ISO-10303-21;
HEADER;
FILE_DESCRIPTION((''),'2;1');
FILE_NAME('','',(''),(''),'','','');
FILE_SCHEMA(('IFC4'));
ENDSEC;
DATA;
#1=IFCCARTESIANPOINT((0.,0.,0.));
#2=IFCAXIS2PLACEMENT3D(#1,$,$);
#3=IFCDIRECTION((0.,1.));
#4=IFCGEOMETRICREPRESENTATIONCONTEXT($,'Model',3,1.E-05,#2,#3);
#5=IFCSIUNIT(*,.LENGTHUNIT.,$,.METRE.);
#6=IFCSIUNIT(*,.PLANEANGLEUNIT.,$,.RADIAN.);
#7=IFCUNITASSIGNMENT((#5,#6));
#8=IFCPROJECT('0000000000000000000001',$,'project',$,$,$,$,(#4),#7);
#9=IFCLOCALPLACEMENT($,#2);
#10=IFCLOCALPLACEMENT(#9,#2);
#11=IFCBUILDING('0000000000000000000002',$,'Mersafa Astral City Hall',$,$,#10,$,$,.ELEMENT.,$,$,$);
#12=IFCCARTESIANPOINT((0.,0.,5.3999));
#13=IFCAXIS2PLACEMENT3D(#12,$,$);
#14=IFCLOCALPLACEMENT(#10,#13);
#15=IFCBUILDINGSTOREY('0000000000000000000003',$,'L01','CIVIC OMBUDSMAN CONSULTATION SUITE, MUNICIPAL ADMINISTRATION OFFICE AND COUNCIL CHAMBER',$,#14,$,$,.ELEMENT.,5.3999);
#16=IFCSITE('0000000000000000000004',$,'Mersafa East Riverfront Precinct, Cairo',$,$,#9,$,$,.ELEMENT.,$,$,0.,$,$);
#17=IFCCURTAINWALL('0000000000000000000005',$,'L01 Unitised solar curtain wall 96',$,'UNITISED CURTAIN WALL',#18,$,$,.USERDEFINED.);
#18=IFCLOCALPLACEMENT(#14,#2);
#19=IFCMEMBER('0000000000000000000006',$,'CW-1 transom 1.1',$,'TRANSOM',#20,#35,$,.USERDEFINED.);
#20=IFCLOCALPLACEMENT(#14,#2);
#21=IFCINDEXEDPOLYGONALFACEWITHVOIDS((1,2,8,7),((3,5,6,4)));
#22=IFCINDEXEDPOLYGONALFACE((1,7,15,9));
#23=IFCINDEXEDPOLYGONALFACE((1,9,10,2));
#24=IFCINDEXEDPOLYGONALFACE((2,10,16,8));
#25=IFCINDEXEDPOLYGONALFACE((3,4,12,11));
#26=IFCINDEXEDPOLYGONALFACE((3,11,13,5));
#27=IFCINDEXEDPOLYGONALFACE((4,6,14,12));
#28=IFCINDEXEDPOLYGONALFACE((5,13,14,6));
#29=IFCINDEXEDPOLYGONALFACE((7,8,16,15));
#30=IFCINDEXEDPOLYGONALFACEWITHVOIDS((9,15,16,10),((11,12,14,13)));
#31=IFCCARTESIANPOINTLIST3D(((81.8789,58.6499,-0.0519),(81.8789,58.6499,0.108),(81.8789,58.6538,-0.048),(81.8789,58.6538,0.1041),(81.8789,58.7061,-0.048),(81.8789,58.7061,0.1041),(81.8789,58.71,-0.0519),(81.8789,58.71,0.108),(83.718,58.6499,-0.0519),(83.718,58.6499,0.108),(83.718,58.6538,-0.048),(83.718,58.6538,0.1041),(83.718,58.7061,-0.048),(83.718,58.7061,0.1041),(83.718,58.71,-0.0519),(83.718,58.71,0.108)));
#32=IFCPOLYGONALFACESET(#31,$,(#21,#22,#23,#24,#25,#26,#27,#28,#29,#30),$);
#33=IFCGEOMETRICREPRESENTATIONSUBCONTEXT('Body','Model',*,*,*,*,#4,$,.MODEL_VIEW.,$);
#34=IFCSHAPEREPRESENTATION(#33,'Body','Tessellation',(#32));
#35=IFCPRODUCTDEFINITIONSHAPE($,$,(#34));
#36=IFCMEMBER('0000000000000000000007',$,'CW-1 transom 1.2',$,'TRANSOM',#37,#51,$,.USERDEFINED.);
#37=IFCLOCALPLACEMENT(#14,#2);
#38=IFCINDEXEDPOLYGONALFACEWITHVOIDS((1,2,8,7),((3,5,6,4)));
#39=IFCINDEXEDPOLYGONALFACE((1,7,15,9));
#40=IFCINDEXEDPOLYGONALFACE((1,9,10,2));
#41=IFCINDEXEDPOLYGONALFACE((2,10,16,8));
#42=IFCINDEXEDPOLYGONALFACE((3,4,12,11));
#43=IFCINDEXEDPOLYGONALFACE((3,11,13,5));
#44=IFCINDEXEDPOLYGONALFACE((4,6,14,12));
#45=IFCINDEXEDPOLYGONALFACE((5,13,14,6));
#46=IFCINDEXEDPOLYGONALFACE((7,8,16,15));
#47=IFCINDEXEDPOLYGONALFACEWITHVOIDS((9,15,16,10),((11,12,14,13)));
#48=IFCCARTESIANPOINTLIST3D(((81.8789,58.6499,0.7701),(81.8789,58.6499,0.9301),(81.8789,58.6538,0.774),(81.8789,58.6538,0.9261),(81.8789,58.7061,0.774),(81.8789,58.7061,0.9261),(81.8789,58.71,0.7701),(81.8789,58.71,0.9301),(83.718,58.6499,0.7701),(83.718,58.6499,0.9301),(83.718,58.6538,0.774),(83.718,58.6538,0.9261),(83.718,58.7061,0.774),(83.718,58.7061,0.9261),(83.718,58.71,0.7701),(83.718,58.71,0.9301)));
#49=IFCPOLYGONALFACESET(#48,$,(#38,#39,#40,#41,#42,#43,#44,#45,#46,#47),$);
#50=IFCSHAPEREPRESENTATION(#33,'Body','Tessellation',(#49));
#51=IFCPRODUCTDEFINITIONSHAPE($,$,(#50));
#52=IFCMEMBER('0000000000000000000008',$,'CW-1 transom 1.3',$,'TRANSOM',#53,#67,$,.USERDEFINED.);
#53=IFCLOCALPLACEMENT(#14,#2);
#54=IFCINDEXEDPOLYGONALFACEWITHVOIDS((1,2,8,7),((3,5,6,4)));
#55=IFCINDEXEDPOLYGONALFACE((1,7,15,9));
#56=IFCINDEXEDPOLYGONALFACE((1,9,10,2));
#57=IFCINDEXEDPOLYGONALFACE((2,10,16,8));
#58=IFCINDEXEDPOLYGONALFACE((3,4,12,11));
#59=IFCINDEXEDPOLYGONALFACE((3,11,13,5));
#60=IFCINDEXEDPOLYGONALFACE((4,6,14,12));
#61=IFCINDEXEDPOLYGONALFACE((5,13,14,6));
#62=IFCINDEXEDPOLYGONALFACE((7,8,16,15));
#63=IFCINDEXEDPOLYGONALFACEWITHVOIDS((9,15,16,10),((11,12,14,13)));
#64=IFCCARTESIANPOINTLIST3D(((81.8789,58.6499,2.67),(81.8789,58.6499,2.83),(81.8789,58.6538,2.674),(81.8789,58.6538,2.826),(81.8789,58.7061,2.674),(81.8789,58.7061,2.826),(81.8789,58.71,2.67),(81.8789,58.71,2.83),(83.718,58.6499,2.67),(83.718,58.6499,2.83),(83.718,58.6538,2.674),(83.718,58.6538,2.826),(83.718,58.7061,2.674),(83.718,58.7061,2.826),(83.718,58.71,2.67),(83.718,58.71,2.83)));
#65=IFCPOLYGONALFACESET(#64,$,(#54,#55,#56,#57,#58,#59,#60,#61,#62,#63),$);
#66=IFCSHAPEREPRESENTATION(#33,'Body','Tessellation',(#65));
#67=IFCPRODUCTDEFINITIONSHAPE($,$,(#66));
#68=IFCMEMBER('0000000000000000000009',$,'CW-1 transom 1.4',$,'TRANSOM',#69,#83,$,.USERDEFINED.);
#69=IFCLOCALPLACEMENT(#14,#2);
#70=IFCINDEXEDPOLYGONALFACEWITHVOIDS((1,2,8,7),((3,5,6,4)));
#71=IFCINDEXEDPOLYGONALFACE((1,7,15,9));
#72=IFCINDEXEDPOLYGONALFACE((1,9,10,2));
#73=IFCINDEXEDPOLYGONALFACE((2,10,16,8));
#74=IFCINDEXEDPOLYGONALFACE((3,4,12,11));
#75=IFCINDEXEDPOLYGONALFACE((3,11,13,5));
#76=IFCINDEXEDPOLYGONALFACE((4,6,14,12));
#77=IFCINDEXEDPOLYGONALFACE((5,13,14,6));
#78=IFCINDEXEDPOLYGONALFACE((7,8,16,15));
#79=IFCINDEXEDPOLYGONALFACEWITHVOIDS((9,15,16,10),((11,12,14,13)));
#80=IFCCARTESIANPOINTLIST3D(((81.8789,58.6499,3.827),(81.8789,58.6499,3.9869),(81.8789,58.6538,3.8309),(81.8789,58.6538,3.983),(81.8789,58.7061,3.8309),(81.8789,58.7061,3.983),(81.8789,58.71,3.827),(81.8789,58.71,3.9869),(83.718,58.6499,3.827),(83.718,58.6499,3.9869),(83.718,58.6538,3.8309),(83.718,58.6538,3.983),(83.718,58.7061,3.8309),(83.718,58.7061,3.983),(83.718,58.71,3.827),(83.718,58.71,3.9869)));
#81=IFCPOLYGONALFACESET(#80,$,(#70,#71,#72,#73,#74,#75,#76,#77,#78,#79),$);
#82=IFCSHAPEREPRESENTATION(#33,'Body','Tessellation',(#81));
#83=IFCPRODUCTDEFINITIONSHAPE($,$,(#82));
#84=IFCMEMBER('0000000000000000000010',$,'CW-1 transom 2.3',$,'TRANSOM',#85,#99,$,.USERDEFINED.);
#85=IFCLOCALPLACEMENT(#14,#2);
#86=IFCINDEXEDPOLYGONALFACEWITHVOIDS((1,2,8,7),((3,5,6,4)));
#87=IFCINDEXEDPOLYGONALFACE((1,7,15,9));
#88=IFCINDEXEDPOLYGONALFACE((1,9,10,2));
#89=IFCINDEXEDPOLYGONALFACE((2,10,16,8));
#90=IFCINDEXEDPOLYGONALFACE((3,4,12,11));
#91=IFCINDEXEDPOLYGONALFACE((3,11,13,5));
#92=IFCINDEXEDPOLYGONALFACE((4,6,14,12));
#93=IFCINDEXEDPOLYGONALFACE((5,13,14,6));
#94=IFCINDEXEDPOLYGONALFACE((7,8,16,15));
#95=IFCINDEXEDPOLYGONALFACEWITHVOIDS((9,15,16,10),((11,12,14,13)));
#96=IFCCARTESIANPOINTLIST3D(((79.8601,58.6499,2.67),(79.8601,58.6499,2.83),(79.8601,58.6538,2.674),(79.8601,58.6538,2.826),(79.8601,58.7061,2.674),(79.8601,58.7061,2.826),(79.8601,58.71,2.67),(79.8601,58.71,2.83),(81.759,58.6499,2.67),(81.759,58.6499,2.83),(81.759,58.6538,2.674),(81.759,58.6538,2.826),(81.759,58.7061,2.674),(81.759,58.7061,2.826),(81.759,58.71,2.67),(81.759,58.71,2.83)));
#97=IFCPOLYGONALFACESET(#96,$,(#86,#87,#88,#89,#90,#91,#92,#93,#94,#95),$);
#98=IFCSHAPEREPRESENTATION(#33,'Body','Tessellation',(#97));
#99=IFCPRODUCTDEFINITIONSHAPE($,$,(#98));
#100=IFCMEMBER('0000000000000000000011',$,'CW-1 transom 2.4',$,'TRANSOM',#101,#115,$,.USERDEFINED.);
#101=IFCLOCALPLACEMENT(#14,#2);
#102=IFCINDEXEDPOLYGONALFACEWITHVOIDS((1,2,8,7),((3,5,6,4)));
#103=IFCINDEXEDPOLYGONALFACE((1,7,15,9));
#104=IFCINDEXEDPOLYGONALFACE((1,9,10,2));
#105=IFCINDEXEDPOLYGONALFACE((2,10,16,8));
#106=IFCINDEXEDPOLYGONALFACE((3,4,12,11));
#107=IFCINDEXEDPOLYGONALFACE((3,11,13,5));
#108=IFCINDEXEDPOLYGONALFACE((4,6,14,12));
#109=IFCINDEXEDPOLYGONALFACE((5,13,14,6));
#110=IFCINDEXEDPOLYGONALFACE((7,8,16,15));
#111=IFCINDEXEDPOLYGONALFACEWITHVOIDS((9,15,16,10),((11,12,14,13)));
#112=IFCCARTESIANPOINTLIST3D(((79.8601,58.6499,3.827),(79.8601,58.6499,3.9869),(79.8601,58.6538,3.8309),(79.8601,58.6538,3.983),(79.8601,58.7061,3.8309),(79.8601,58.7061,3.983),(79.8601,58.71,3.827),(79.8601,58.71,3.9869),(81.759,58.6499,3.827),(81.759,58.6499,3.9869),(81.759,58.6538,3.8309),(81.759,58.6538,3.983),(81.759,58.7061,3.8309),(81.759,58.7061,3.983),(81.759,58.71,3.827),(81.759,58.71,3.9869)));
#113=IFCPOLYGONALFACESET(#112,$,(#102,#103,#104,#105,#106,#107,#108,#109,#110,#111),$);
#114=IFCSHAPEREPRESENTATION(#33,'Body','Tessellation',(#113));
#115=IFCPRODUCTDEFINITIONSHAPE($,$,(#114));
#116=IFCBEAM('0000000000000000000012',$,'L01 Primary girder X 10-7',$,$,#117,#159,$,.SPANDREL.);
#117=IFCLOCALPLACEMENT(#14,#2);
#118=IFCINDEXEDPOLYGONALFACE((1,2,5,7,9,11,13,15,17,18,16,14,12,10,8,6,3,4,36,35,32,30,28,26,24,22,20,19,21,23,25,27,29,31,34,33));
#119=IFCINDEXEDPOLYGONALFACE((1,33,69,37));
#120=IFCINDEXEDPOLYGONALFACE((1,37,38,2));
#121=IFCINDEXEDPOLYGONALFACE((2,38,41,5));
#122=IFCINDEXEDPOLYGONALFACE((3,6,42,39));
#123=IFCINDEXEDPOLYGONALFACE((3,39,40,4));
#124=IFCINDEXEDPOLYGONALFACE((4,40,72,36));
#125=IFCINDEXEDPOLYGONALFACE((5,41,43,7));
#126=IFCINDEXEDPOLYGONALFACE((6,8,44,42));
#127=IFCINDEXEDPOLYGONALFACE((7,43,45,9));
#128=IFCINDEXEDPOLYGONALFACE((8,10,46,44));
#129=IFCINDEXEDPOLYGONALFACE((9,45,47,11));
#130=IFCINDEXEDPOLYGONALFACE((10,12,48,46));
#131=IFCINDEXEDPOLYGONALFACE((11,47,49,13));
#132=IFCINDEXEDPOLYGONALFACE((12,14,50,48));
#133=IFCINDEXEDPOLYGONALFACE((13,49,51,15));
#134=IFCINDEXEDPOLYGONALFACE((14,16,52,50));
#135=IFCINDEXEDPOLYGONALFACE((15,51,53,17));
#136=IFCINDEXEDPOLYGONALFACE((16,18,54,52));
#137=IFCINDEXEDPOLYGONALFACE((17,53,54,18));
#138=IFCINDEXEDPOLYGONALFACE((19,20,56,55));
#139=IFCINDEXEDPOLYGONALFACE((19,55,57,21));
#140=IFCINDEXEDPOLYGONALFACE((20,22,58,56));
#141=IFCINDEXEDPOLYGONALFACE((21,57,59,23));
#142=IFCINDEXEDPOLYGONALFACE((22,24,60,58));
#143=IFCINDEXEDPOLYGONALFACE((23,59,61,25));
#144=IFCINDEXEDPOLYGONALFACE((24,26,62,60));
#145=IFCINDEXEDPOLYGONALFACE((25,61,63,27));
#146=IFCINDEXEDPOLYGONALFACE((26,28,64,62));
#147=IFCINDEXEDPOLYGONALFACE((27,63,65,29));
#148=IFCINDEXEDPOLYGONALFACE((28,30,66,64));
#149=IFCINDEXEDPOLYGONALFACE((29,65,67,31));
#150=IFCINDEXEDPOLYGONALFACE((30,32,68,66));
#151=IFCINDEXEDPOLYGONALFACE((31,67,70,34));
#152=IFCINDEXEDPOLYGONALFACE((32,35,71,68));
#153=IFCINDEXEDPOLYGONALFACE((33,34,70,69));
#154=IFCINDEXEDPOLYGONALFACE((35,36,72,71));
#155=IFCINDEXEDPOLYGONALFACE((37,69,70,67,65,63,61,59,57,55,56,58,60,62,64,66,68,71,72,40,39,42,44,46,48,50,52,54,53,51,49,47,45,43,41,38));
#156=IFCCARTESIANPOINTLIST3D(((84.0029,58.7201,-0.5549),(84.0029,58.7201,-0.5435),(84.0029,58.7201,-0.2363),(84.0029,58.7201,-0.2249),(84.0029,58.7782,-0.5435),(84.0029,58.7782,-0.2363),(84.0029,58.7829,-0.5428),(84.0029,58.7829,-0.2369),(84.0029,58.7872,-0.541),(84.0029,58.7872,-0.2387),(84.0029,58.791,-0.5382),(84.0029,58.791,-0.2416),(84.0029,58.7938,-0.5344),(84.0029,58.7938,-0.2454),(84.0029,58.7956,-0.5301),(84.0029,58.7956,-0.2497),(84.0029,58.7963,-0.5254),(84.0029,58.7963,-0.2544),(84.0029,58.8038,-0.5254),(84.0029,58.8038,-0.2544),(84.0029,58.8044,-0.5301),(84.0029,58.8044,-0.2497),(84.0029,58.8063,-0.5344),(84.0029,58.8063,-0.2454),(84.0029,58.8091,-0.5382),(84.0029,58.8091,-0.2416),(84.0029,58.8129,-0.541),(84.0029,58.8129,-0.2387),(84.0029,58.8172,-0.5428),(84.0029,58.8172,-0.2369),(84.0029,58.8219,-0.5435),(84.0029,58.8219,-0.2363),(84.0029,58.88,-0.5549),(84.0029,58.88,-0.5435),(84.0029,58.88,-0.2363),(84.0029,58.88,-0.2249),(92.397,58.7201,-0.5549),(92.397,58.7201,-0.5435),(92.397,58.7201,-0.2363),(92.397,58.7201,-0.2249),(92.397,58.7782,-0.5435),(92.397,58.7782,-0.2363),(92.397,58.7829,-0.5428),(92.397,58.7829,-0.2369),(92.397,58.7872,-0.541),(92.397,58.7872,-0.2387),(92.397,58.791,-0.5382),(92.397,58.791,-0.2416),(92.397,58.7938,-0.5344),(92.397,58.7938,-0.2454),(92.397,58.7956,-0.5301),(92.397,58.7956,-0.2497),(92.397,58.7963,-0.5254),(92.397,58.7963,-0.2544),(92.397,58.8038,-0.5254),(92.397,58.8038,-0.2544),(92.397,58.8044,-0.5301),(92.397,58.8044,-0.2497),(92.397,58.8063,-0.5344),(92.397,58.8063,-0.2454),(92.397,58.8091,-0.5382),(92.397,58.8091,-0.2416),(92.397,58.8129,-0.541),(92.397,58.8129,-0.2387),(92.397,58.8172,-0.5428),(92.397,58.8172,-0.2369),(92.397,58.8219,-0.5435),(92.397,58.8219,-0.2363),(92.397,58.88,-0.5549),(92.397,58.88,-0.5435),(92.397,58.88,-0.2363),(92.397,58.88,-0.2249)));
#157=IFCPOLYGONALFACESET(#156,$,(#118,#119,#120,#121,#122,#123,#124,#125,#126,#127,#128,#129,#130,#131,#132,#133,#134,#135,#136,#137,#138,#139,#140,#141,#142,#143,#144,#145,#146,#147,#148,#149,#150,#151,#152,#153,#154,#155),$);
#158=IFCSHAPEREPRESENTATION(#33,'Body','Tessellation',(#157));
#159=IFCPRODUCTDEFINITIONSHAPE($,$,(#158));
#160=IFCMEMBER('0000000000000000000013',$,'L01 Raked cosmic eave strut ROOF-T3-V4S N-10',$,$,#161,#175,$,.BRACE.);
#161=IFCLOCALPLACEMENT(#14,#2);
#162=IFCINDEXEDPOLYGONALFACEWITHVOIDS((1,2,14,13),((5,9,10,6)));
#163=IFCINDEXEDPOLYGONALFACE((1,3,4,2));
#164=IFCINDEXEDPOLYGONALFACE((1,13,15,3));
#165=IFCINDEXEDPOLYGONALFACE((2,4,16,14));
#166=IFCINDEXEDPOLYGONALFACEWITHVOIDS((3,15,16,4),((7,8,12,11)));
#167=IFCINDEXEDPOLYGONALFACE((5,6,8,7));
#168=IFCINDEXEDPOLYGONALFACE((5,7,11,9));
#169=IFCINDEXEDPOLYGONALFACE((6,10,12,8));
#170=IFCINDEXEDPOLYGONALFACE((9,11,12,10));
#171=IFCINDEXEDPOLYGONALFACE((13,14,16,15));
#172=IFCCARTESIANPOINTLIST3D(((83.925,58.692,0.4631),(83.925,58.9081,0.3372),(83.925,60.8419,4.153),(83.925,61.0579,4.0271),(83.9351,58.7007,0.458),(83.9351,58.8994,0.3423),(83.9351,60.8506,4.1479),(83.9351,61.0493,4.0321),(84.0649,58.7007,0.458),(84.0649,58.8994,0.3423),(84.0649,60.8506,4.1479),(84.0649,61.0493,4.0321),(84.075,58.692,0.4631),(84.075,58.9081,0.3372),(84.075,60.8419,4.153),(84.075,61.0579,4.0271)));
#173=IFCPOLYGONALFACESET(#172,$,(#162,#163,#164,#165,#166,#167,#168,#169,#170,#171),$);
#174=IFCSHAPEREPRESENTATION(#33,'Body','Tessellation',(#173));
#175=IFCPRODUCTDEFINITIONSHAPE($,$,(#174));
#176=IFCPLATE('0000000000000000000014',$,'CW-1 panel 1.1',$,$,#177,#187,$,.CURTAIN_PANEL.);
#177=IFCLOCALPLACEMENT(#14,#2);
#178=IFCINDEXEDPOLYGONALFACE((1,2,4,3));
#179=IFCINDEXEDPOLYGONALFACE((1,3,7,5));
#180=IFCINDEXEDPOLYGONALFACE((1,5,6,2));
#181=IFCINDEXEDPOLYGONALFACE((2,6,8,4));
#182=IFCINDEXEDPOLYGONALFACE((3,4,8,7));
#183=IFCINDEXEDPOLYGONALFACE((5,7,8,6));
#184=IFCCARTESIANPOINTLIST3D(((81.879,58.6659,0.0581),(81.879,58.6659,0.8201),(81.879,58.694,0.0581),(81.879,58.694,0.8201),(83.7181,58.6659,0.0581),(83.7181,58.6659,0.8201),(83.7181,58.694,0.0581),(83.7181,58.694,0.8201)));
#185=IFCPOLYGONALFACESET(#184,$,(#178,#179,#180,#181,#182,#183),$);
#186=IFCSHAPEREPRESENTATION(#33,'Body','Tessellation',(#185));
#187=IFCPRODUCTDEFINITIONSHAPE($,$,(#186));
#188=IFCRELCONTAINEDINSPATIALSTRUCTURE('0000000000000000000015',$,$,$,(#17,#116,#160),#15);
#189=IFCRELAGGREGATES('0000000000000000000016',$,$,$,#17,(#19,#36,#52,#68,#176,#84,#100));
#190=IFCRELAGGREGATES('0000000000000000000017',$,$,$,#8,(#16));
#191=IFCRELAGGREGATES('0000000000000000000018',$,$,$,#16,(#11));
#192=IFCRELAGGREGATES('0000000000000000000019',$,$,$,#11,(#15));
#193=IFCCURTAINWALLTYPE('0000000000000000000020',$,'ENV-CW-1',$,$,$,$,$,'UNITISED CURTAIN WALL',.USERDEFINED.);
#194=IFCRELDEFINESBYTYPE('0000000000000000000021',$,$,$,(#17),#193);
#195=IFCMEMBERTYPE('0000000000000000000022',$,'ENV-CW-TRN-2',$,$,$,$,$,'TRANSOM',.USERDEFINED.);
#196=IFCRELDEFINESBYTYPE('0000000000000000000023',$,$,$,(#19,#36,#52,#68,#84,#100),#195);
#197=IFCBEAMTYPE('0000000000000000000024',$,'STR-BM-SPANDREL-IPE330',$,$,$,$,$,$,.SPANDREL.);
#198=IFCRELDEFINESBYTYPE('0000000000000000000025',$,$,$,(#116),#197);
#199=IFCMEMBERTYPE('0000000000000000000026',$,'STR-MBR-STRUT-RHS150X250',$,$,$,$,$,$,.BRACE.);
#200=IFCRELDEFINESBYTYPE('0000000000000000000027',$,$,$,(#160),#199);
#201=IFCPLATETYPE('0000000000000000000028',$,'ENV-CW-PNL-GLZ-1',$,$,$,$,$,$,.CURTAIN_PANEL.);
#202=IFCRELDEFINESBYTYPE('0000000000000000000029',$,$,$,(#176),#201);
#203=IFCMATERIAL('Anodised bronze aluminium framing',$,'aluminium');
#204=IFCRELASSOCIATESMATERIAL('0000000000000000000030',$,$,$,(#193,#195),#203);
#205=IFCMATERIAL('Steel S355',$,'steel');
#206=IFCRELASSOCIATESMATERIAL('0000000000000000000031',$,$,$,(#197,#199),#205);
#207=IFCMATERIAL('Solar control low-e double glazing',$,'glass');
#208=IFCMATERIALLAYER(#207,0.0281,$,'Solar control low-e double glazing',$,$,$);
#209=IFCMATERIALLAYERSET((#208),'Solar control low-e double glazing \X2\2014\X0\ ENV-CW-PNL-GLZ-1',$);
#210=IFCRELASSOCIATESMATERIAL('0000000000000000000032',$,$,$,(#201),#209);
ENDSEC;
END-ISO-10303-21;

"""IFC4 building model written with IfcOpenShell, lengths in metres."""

from ifc_helpers import new_model, si_unit, direction, frame, origin, origin_2d, place, context, subcontext, project, spatial, rectangle, hollow_rectangle, i_section, extrude, material, layer, layer_set, material_profile, profile_set, type_object, element, aggregate, save


model = new_model("IFC4")

# Units and contexts
model_context = context("Model", 3, precision=1e-05, world=origin(), true_north=direction((0.0, 1.0)))
body_context = subcontext(model_context, "Body", "Model", "MODEL_VIEW")
ifc_project = project(units=[si_unit("LENGTHUNIT", "METRE"), si_unit("PLANEANGLEUNIT", "RADIAN")], contexts=[model_context])

# Site, building, storey
site_placement = place(None, origin())
site = spatial("IfcSite", under=ifc_project, at=site_placement, Name="Mersafa East Riverfront Precinct, Cairo", CompositionType="ELEMENT", RefElevation=0.0)
building_placement = place(site_placement, origin())
building = spatial("IfcBuilding", under=site, at=building_placement, Name="Mersafa Astral City Hall", CompositionType="ELEMENT")
storey_placement = place(building_placement, frame((0.0, 0.0, 5.3999)))
storey = spatial("IfcBuildingStorey", under=building, at=storey_placement, Name="L01", Description="CIVIC OMBUDSMAN CONSULTATION SUITE, MUNICIPAL ADMINISTRATION OFFICE AND COUNCIL CHAMBER", CompositionType="ELEMENT", Elevation=5.3999)

# Shared definitions
ifc_material_1 = material(Name="Steel S355", Category="steel")

# Curtain wall
ifc_material_2 = material(Name="Anodised bronze aluminium framing", Category="aluminium")
curtain_wall_type_1 = type_object("IfcCurtainWallType", Name="ENV-CW-1", ElementType="UNITISED CURTAIN WALL", PredefinedType="USERDEFINED", material=ifc_material_2)
curtain_wall_1_placement = place(storey_placement, origin())
curtain_wall_1 = element("IfcCurtainWall", 1, at=curtain_wall_1_placement, inside=storey, type_object=curtain_wall_type_1, Name="L01 Unitised solar curtain wall 96", ObjectType="UNITISED CURTAIN WALL", PredefinedType="USERDEFINED")

# Members
ifc_material_profile_1 = material_profile(ifc_material_2, hollow_rectangle(XDim=0.0601, YDim=0.1599, WallThickness=0.0039, at=origin_2d()), Name="RHS 60x160x4")
ifc_profile_set_1 = profile_set([ifc_material_profile_1], Name="Anodised bronze aluminium framing")
member_type_1 = type_object("IfcMemberType", Name="ENV-CW-TRN-2", ElementType="TRANSOM", PredefinedType="USERDEFINED", material=ifc_profile_set_1)
member_1_placement = place(storey_placement, frame((83.718, 58.6799, 0.0281), z_axis=(-1.0, 0.0, 0.0), x_axis=(0.0, -1.0, 0.0)))
member_1 = element("IfcMember", 2, at=member_1_placement, type_object=member_type_1, Name="CW-1 transom 1.1", ObjectType="TRANSOM", PredefinedType="USERDEFINED", context=body_context, shape_type="SweptSolid", body=[
    extrude(hollow_rectangle(XDim=0.0601, YDim=0.1599, WallThickness=0.0039, at=origin_2d()), origin(), (0.0, 0.0, 1.0), 1.8391),
])
member_2_placement = place(storey_placement, frame((83.718, 58.6799, 0.8501), z_axis=(-1.0, 0.0, 0.0), x_axis=(0.0, -1.0, 0.0)))
member_2 = element("IfcMember", 3, at=member_2_placement, type_object=member_type_1, Name="CW-1 transom 1.2", ObjectType="TRANSOM", PredefinedType="USERDEFINED", context=body_context, shape_type="SweptSolid", body=[
    extrude(hollow_rectangle(XDim=0.0601, YDim=0.1599, WallThickness=0.0039, at=origin_2d()), origin(), (0.0, 0.0, 1.0), 1.8391),
])
member_3_placement = place(storey_placement, frame((83.718, 58.6799, 2.75), z_axis=(-1.0, 0.0, 0.0), x_axis=(0.0, -1.0, 0.0)))
member_3 = element("IfcMember", 4, at=member_3_placement, type_object=member_type_1, Name="CW-1 transom 1.3", ObjectType="TRANSOM", PredefinedType="USERDEFINED", context=body_context, shape_type="SweptSolid", body=[
    extrude(hollow_rectangle(XDim=0.0601, YDim=0.1599, WallThickness=0.0039, at=origin_2d()), origin(), (0.0, 0.0, 1.0), 1.8391),
])
member_4_placement = place(storey_placement, frame((83.718, 58.6799, 3.907), z_axis=(-1.0, 0.0, 0.0), x_axis=(0.0, -1.0, 0.0)))
member_4 = element("IfcMember", 5, at=member_4_placement, type_object=member_type_1, Name="CW-1 transom 1.4", ObjectType="TRANSOM", PredefinedType="USERDEFINED", context=body_context, shape_type="SweptSolid", body=[
    extrude(hollow_rectangle(XDim=0.0601, YDim=0.1599, WallThickness=0.0039, at=origin_2d()), origin(), (0.0, 0.0, 1.0), 1.8391),
])
member_5_placement = place(storey_placement, frame((81.759, 58.6799, 2.75), z_axis=(-1.0, 0.0, 0.0), x_axis=(0.0, -1.0, 0.0)))
member_5 = element("IfcMember", 6, at=member_5_placement, type_object=member_type_1, Name="CW-1 transom 2.3", ObjectType="TRANSOM", PredefinedType="USERDEFINED", context=body_context, shape_type="SweptSolid", body=[
    extrude(hollow_rectangle(XDim=0.0601, YDim=0.1599, WallThickness=0.0039, at=origin_2d()), origin(), (0.0, 0.0, 1.0), 1.8989),
])
member_6_placement = place(storey_placement, frame((81.759, 58.6799, 3.907), z_axis=(-1.0, 0.0, 0.0), x_axis=(0.0, -1.0, 0.0)))
member_6 = element("IfcMember", 7, at=member_6_placement, type_object=member_type_1, Name="CW-1 transom 2.4", ObjectType="TRANSOM", PredefinedType="USERDEFINED", context=body_context, shape_type="SweptSolid", body=[
    extrude(hollow_rectangle(XDim=0.0601, YDim=0.1599, WallThickness=0.0039, at=origin_2d()), origin(), (0.0, 0.0, 1.0), 1.8989),
])

# Beam
ifc_material_profile_2 = material_profile(ifc_material_1, i_section(OverallWidth=0.1599, OverallDepth=0.3301, WebThickness=0.0076, FlangeThickness=0.0115, FilletRadius=0.0181, at=origin_2d()), Name="IPE 330")
ifc_profile_set_2 = profile_set([ifc_material_profile_2], Name="Steel S355")
beam_type = type_object("IfcBeamType", Name="STR-BM-SPANDREL-IPE330", PredefinedType="SPANDREL", material=ifc_profile_set_2)
beam_placement = place(storey_placement, frame((84.0029, 58.8, -0.3899), z_axis=(1.0, 0.0, 0.0), x_axis=(0.0, 1.0, 0.0)))
element("IfcBeam", 8, at=beam_placement, inside=storey, type_object=beam_type, Name="L01 Primary girder X 10-7", PredefinedType="SPANDREL", context=body_context, shape_type="SweptSolid", body=[
    extrude(i_section(OverallWidth=0.1599, OverallDepth=0.3301, WebThickness=0.0076, FlangeThickness=0.0115, FilletRadius=0.0181, at=origin_2d()), origin(), (0.0, 0.0, 1.0), 8.394),
])

# Member
ifc_material_profile_3 = material_profile(ifc_material_1, hollow_rectangle(XDim=0.1499, YDim=0.25, WallThickness=0.01, at=origin_2d()), Name="RHS 150x250x10")
ifc_profile_set_3 = profile_set([ifc_material_profile_3], Name="Steel S355")
member_type_2 = type_object("IfcMemberType", Name="STR-MBR-STRUT-RHS150X250", PredefinedType="BRACE", material=ifc_profile_set_3)
member_7_placement = place(storey_placement, frame((84.0, 58.8, 0.4001), z_axis=(0.0, 0.503423, 0.86404), x_axis=(-1.0, 0.0, 0.0)))
element("IfcMember", 9, at=member_7_placement, inside=storey, type_object=member_type_2, Name="L01 Raked cosmic eave strut ROOF-T3-V4S N-10", PredefinedType="BRACE", context=body_context, shape_type="SweptSolid", body=[
    extrude(hollow_rectangle(XDim=0.1499, YDim=0.25, WallThickness=0.01, at=origin_2d()), origin(), (0.0, 0.0, 1.0), 4.2705),
])

# Plate
ifc_material_3 = material(Name="Solar control low-e double glazing", Category="glass")
ifc_layer_1 = layer(ifc_material_3, 0.0281, Name="Solar control low-e double glazing")
ifc_layer_set_1 = layer_set([ifc_layer_1], Name="Solar control low-e double glazing — ENV-CW-PNL-GLZ-1")
plate_type_1 = type_object("IfcPlateType", Name="ENV-CW-PNL-GLZ-1", PredefinedType="CURTAIN_PANEL", material=ifc_layer_set_1)
plate_1_placement = place(storey_placement, frame((82.7986, 58.6799, 0.0581), z_axis=(0.0, 0.0, 1.0), x_axis=(-1.0, 0.0, 0.0)))
plate_1 = element("IfcPlate", 10, at=plate_1_placement, type_object=plate_type_1, Name="CW-1 panel 1.1", PredefinedType="CURTAIN_PANEL", context=body_context, shape_type="SweptSolid", body=[
    extrude(rectangle(XDim=1.8391, YDim=0.0281, at=origin_2d()), origin(), (0.0, 0.0, 1.0), 0.762),
])
aggregate(curtain_wall_1, [member_1, member_2, member_3, member_4, plate_1, member_5, member_6])

save(model, "model.ifc")
